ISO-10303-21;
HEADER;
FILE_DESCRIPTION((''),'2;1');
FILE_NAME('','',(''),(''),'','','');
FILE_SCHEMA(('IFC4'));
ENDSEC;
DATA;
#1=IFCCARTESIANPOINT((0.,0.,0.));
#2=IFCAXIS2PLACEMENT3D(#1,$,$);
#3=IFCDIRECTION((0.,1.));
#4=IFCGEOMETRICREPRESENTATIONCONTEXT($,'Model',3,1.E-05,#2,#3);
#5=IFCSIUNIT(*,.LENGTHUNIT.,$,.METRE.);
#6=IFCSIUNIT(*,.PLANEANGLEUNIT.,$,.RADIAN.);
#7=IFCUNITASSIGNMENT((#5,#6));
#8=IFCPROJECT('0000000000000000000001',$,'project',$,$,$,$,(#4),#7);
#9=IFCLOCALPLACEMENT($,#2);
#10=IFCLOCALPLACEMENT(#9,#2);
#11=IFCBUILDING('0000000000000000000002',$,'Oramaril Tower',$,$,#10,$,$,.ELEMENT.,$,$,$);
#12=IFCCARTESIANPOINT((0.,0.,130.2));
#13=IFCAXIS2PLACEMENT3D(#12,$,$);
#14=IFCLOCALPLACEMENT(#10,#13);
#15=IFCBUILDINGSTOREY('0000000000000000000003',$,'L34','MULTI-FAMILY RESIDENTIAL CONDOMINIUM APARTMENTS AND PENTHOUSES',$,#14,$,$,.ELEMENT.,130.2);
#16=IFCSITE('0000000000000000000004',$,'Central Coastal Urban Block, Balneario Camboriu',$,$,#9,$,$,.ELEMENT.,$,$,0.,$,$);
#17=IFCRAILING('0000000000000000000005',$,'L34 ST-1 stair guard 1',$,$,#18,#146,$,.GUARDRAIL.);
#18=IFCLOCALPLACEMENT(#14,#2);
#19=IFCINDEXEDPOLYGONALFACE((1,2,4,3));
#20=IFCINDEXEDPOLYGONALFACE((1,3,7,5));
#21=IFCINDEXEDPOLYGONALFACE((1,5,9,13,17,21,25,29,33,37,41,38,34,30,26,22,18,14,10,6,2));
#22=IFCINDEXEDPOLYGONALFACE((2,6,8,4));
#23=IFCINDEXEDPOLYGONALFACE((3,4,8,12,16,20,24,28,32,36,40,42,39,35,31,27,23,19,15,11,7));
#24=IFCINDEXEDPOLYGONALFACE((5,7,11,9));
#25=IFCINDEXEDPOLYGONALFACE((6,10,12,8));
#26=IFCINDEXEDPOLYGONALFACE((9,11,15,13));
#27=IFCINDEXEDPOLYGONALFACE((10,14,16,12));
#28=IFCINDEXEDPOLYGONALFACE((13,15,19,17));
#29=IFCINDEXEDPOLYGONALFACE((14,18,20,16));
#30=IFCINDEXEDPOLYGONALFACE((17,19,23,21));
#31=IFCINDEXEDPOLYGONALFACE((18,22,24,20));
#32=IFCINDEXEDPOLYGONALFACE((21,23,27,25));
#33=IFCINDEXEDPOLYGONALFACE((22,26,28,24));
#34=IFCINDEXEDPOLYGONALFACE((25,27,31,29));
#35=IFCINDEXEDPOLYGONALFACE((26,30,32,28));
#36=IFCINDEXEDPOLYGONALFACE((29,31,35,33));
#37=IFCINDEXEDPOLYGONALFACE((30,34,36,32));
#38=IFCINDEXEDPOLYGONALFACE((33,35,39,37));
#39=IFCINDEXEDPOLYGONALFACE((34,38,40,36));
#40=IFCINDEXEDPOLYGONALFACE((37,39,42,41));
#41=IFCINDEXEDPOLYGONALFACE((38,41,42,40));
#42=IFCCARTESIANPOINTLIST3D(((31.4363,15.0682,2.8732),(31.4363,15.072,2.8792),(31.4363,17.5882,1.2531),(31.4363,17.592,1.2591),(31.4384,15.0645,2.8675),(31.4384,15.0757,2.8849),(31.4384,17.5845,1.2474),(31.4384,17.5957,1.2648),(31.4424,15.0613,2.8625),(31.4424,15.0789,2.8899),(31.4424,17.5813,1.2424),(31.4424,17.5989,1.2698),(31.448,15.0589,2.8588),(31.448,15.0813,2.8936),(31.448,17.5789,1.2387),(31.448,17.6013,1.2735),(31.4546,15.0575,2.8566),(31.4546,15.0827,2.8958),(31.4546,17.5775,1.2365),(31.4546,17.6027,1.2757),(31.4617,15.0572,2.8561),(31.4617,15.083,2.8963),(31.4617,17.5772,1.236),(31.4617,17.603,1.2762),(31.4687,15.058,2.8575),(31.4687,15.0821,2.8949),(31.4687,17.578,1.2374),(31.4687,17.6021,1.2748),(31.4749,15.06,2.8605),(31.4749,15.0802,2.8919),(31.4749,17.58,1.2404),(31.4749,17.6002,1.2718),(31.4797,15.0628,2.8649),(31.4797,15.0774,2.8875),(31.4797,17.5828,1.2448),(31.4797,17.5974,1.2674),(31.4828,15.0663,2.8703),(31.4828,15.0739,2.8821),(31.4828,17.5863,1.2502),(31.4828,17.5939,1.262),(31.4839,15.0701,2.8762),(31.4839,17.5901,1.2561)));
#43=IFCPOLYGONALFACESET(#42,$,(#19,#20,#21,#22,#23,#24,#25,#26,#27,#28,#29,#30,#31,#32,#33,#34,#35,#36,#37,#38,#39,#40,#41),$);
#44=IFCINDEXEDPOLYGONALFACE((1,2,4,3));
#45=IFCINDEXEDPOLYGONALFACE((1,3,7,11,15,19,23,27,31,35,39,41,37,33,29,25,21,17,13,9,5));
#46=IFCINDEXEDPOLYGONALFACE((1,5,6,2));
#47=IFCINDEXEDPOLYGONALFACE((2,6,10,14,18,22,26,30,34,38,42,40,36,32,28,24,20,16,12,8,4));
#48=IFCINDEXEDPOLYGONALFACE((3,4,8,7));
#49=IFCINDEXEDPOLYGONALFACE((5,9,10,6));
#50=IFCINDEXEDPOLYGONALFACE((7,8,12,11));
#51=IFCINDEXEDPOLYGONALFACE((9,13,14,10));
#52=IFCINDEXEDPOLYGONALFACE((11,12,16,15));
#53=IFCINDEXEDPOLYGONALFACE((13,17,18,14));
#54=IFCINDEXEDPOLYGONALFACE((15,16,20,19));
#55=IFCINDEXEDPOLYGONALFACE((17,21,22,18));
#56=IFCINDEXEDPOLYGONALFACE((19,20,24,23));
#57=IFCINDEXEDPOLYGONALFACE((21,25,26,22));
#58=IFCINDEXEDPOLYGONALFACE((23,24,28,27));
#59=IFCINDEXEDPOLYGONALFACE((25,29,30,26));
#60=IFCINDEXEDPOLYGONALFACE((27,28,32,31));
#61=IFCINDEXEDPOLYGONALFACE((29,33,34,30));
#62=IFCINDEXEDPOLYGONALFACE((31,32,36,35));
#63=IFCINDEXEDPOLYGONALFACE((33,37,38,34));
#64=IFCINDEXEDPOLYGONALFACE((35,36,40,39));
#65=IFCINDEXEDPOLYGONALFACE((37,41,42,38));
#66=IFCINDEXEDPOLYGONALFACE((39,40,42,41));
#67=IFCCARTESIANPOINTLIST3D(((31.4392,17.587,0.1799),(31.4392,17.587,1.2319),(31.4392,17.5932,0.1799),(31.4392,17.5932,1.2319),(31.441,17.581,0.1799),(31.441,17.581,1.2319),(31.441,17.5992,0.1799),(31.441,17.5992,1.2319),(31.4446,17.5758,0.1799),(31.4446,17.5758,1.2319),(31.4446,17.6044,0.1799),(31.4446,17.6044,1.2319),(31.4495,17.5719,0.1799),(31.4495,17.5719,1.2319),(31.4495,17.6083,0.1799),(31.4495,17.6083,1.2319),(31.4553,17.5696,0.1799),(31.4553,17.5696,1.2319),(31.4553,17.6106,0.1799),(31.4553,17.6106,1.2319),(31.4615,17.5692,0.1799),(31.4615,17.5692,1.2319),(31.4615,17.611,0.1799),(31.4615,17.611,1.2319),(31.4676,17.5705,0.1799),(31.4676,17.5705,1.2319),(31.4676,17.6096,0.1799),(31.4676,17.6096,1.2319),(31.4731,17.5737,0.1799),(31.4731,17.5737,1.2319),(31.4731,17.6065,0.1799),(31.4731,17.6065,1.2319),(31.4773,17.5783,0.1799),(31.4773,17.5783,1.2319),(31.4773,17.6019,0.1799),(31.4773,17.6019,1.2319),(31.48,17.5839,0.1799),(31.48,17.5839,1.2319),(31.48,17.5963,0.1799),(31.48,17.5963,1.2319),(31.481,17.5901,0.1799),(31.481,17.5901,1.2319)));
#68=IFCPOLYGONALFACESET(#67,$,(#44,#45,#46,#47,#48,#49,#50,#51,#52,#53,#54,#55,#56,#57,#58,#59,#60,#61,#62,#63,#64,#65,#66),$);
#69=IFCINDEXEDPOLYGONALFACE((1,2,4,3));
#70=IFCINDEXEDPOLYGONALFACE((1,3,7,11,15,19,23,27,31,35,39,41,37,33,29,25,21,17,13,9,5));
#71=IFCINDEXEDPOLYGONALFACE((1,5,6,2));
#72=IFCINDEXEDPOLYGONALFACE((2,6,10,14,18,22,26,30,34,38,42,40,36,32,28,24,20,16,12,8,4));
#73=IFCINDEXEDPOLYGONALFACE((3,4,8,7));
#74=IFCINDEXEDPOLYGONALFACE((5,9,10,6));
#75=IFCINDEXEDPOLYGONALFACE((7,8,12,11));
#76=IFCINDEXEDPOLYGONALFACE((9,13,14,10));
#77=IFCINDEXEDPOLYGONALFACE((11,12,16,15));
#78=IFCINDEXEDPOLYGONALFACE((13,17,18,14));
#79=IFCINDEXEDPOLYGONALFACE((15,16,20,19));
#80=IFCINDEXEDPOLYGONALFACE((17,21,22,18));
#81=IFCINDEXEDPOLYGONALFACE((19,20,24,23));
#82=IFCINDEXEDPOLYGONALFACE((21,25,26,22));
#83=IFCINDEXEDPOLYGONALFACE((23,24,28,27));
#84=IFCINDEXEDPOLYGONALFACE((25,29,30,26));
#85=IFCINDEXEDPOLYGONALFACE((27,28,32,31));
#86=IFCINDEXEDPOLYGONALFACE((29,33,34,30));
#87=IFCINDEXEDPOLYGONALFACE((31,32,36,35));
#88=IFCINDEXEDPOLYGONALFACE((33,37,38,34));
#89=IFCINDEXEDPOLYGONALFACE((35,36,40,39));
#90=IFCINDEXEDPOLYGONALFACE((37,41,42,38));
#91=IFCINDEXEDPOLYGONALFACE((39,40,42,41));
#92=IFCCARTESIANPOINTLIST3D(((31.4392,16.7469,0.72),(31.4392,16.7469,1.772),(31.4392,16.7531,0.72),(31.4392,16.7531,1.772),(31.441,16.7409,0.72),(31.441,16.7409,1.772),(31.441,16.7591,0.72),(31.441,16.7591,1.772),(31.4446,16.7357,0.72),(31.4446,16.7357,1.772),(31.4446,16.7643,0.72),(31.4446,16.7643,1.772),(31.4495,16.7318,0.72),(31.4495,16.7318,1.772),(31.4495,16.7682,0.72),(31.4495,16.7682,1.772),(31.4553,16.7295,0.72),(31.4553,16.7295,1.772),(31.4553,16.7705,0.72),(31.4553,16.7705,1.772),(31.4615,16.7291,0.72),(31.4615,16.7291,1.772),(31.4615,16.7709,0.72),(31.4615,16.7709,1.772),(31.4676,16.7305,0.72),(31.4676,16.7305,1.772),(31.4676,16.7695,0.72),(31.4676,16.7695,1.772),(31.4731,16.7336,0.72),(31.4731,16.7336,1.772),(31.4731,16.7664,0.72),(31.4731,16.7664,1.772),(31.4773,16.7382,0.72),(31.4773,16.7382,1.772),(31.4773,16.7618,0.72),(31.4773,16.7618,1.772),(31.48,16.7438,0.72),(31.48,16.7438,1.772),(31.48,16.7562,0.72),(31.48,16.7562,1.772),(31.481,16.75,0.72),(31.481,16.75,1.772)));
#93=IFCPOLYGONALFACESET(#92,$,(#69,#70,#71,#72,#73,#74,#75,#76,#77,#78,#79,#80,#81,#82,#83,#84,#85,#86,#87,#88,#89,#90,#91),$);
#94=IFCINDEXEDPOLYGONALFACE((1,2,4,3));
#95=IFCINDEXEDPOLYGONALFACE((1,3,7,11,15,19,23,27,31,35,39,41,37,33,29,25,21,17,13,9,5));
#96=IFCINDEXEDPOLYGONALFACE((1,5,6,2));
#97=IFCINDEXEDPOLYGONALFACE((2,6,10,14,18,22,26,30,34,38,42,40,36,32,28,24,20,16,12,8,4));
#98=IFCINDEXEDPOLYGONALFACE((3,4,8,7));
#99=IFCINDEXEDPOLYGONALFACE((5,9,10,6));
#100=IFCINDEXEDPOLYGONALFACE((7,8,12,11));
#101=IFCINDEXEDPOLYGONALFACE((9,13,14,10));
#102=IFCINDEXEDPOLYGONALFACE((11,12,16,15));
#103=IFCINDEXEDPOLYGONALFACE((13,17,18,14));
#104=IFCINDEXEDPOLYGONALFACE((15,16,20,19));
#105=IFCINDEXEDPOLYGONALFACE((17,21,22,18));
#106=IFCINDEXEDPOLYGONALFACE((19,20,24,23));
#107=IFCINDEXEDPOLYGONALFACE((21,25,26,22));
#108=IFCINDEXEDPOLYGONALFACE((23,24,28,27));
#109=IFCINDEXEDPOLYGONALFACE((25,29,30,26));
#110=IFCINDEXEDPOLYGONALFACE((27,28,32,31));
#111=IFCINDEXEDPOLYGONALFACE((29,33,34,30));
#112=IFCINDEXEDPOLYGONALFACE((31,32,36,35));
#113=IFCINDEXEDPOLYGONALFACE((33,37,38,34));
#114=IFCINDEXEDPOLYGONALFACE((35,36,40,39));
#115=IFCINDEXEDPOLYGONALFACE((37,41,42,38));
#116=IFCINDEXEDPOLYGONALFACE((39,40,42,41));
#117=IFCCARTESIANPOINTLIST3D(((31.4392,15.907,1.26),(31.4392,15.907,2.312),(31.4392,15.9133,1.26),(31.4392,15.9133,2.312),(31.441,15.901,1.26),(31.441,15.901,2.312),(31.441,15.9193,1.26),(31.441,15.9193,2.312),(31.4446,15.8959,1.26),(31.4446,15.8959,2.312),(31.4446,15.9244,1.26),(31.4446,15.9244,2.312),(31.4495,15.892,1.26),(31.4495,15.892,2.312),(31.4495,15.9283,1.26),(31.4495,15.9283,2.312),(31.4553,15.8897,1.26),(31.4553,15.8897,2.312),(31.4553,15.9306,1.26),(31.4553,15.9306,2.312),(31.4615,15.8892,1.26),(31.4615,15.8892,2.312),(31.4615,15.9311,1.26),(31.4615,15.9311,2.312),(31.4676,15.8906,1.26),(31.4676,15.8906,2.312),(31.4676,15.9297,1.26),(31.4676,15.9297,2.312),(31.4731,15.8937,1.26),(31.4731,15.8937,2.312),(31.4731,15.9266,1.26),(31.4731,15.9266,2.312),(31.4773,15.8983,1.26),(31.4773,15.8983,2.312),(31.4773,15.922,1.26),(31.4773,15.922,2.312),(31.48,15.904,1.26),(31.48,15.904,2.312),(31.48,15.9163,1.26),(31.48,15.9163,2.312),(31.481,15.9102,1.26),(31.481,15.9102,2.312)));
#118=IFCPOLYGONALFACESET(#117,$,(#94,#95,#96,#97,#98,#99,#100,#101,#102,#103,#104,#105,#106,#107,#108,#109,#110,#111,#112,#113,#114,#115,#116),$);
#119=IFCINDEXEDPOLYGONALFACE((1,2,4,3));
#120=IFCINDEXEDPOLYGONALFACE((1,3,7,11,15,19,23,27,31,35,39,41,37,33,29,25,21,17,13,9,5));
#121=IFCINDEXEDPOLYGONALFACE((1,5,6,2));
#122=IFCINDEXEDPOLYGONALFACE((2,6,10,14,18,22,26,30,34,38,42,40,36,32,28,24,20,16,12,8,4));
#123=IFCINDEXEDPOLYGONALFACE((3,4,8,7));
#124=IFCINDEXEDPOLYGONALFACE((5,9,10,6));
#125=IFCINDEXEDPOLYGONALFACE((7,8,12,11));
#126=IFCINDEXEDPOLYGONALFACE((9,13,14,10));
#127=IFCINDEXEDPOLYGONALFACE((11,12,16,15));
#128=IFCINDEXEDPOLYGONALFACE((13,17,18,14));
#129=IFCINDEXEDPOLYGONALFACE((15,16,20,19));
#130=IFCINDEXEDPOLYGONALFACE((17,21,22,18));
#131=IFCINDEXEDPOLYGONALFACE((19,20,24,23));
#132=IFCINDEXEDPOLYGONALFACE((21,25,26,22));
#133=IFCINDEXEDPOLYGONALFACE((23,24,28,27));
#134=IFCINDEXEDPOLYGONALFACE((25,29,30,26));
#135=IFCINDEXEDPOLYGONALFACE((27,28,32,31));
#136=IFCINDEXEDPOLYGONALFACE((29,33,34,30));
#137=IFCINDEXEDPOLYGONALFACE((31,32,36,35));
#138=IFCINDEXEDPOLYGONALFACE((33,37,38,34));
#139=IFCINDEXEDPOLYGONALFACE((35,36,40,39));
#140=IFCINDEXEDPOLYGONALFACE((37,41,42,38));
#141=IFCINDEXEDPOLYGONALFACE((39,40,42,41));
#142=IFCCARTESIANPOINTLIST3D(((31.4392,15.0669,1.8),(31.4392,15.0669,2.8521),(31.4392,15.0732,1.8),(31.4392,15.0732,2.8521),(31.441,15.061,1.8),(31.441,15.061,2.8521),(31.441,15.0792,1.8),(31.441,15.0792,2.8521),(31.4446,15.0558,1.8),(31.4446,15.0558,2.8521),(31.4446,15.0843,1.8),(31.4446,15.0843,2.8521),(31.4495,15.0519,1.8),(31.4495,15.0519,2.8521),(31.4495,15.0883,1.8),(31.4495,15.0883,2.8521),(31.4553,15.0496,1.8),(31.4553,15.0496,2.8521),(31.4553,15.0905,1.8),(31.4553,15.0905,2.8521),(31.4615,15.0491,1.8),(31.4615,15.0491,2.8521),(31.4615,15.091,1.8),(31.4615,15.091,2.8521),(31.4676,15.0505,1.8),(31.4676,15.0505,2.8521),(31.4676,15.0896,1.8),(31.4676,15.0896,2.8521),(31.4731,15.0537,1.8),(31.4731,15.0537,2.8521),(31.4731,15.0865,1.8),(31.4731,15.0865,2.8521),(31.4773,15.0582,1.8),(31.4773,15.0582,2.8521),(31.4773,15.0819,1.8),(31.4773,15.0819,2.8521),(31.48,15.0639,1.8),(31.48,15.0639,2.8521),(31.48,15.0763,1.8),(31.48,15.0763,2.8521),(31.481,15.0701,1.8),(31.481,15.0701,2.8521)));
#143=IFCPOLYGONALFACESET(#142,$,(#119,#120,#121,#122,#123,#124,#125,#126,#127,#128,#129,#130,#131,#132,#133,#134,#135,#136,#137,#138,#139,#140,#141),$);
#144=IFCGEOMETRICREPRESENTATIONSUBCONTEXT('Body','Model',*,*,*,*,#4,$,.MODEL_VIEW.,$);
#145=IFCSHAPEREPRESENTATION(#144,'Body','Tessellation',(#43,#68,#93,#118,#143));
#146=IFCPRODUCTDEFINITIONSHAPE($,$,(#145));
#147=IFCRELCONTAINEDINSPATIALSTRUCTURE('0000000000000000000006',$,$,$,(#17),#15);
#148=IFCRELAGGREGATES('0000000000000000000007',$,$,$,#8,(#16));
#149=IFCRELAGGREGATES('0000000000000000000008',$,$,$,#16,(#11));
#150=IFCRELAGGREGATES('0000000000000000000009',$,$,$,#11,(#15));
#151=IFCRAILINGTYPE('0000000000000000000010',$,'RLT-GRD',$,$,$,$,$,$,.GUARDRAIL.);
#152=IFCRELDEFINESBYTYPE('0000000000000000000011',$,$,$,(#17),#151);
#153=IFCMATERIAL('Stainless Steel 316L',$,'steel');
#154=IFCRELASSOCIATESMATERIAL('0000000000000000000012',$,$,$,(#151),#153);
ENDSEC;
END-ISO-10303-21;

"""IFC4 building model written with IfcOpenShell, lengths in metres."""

from ifc_helpers import new_model, si_unit, direction, frame, origin, origin_2d, place, context, subcontext, project, spatial, circle, extrude, material, type_object, element, save


model = new_model("IFC4")

# Units and contexts
model_context = context("Model", 3, precision=1e-05, world=origin(), true_north=direction((0.0, 1.0)))
body_context = subcontext(model_context, "Body", "Model", "MODEL_VIEW")
ifc_project = project(units=[si_unit("LENGTHUNIT", "METRE"), si_unit("PLANEANGLEUNIT", "RADIAN")], contexts=[model_context])

# Site, building, storey
site_placement = place(None, origin())
site = spatial("IfcSite", under=ifc_project, at=site_placement, Name="Central Coastal Urban Block, Balneario Camboriu", CompositionType="ELEMENT", RefElevation=0.0)
building_placement = place(site_placement, origin())
building = spatial("IfcBuilding", under=site, at=building_placement, Name="Oramaril Tower", CompositionType="ELEMENT")
storey_placement = place(building_placement, frame((0.0, 0.0, 130.2)))
storey = spatial("IfcBuildingStorey", under=building, at=storey_placement, Name="L34", Description="MULTI-FAMILY RESIDENTIAL CONDOMINIUM APARTMENTS AND PENTHOUSES", CompositionType="ELEMENT", Elevation=130.2)

# Railing
ifc_material_1 = material(Name="Stainless Steel 316L", Category="steel")
railing_type_1 = type_object("IfcRailingType", Name="RLT-GRD", PredefinedType="GUARDRAIL", material=ifc_material_1)
railing_1_placement = place(storey_placement, frame((31.46, 17.5901, 0.1799)))
element("IfcRailing", 1, at=railing_1_placement, inside=storey, type_object=railing_type_1, Name="L34 ST-1 stair guard 1", PredefinedType="GUARDRAIL", context=body_context, shape_type="SweptSolid", body=[
    extrude(circle(Radius=0.0239, at=origin_2d()), frame((0.0, 0.0, 1.0762), z_axis=(0.0, -0.841163, 0.540782), x_axis=(1.0, 0.0, 0.0)), (0.0, 0.0, 1.0), 2.9958),
    extrude(circle(Radius=0.021, at=origin_2d()), origin(), (0.0, 0.0, 1.0), 1.052),
    extrude(circle(Radius=0.021, at=origin_2d()), frame((0.0, -0.8401, 0.54)), (0.0, 0.0, 1.0), 1.052),
    extrude(circle(Radius=0.021, at=origin_2d()), frame((0.0, -1.6799, 1.0801)), (0.0, 0.0, 1.0), 1.052),
    extrude(circle(Radius=0.021, at=origin_2d()), frame((0.0, -2.52, 1.6201)), (0.0, 0.0, 1.0), 1.052),
])

save(model, "model.ifc")
